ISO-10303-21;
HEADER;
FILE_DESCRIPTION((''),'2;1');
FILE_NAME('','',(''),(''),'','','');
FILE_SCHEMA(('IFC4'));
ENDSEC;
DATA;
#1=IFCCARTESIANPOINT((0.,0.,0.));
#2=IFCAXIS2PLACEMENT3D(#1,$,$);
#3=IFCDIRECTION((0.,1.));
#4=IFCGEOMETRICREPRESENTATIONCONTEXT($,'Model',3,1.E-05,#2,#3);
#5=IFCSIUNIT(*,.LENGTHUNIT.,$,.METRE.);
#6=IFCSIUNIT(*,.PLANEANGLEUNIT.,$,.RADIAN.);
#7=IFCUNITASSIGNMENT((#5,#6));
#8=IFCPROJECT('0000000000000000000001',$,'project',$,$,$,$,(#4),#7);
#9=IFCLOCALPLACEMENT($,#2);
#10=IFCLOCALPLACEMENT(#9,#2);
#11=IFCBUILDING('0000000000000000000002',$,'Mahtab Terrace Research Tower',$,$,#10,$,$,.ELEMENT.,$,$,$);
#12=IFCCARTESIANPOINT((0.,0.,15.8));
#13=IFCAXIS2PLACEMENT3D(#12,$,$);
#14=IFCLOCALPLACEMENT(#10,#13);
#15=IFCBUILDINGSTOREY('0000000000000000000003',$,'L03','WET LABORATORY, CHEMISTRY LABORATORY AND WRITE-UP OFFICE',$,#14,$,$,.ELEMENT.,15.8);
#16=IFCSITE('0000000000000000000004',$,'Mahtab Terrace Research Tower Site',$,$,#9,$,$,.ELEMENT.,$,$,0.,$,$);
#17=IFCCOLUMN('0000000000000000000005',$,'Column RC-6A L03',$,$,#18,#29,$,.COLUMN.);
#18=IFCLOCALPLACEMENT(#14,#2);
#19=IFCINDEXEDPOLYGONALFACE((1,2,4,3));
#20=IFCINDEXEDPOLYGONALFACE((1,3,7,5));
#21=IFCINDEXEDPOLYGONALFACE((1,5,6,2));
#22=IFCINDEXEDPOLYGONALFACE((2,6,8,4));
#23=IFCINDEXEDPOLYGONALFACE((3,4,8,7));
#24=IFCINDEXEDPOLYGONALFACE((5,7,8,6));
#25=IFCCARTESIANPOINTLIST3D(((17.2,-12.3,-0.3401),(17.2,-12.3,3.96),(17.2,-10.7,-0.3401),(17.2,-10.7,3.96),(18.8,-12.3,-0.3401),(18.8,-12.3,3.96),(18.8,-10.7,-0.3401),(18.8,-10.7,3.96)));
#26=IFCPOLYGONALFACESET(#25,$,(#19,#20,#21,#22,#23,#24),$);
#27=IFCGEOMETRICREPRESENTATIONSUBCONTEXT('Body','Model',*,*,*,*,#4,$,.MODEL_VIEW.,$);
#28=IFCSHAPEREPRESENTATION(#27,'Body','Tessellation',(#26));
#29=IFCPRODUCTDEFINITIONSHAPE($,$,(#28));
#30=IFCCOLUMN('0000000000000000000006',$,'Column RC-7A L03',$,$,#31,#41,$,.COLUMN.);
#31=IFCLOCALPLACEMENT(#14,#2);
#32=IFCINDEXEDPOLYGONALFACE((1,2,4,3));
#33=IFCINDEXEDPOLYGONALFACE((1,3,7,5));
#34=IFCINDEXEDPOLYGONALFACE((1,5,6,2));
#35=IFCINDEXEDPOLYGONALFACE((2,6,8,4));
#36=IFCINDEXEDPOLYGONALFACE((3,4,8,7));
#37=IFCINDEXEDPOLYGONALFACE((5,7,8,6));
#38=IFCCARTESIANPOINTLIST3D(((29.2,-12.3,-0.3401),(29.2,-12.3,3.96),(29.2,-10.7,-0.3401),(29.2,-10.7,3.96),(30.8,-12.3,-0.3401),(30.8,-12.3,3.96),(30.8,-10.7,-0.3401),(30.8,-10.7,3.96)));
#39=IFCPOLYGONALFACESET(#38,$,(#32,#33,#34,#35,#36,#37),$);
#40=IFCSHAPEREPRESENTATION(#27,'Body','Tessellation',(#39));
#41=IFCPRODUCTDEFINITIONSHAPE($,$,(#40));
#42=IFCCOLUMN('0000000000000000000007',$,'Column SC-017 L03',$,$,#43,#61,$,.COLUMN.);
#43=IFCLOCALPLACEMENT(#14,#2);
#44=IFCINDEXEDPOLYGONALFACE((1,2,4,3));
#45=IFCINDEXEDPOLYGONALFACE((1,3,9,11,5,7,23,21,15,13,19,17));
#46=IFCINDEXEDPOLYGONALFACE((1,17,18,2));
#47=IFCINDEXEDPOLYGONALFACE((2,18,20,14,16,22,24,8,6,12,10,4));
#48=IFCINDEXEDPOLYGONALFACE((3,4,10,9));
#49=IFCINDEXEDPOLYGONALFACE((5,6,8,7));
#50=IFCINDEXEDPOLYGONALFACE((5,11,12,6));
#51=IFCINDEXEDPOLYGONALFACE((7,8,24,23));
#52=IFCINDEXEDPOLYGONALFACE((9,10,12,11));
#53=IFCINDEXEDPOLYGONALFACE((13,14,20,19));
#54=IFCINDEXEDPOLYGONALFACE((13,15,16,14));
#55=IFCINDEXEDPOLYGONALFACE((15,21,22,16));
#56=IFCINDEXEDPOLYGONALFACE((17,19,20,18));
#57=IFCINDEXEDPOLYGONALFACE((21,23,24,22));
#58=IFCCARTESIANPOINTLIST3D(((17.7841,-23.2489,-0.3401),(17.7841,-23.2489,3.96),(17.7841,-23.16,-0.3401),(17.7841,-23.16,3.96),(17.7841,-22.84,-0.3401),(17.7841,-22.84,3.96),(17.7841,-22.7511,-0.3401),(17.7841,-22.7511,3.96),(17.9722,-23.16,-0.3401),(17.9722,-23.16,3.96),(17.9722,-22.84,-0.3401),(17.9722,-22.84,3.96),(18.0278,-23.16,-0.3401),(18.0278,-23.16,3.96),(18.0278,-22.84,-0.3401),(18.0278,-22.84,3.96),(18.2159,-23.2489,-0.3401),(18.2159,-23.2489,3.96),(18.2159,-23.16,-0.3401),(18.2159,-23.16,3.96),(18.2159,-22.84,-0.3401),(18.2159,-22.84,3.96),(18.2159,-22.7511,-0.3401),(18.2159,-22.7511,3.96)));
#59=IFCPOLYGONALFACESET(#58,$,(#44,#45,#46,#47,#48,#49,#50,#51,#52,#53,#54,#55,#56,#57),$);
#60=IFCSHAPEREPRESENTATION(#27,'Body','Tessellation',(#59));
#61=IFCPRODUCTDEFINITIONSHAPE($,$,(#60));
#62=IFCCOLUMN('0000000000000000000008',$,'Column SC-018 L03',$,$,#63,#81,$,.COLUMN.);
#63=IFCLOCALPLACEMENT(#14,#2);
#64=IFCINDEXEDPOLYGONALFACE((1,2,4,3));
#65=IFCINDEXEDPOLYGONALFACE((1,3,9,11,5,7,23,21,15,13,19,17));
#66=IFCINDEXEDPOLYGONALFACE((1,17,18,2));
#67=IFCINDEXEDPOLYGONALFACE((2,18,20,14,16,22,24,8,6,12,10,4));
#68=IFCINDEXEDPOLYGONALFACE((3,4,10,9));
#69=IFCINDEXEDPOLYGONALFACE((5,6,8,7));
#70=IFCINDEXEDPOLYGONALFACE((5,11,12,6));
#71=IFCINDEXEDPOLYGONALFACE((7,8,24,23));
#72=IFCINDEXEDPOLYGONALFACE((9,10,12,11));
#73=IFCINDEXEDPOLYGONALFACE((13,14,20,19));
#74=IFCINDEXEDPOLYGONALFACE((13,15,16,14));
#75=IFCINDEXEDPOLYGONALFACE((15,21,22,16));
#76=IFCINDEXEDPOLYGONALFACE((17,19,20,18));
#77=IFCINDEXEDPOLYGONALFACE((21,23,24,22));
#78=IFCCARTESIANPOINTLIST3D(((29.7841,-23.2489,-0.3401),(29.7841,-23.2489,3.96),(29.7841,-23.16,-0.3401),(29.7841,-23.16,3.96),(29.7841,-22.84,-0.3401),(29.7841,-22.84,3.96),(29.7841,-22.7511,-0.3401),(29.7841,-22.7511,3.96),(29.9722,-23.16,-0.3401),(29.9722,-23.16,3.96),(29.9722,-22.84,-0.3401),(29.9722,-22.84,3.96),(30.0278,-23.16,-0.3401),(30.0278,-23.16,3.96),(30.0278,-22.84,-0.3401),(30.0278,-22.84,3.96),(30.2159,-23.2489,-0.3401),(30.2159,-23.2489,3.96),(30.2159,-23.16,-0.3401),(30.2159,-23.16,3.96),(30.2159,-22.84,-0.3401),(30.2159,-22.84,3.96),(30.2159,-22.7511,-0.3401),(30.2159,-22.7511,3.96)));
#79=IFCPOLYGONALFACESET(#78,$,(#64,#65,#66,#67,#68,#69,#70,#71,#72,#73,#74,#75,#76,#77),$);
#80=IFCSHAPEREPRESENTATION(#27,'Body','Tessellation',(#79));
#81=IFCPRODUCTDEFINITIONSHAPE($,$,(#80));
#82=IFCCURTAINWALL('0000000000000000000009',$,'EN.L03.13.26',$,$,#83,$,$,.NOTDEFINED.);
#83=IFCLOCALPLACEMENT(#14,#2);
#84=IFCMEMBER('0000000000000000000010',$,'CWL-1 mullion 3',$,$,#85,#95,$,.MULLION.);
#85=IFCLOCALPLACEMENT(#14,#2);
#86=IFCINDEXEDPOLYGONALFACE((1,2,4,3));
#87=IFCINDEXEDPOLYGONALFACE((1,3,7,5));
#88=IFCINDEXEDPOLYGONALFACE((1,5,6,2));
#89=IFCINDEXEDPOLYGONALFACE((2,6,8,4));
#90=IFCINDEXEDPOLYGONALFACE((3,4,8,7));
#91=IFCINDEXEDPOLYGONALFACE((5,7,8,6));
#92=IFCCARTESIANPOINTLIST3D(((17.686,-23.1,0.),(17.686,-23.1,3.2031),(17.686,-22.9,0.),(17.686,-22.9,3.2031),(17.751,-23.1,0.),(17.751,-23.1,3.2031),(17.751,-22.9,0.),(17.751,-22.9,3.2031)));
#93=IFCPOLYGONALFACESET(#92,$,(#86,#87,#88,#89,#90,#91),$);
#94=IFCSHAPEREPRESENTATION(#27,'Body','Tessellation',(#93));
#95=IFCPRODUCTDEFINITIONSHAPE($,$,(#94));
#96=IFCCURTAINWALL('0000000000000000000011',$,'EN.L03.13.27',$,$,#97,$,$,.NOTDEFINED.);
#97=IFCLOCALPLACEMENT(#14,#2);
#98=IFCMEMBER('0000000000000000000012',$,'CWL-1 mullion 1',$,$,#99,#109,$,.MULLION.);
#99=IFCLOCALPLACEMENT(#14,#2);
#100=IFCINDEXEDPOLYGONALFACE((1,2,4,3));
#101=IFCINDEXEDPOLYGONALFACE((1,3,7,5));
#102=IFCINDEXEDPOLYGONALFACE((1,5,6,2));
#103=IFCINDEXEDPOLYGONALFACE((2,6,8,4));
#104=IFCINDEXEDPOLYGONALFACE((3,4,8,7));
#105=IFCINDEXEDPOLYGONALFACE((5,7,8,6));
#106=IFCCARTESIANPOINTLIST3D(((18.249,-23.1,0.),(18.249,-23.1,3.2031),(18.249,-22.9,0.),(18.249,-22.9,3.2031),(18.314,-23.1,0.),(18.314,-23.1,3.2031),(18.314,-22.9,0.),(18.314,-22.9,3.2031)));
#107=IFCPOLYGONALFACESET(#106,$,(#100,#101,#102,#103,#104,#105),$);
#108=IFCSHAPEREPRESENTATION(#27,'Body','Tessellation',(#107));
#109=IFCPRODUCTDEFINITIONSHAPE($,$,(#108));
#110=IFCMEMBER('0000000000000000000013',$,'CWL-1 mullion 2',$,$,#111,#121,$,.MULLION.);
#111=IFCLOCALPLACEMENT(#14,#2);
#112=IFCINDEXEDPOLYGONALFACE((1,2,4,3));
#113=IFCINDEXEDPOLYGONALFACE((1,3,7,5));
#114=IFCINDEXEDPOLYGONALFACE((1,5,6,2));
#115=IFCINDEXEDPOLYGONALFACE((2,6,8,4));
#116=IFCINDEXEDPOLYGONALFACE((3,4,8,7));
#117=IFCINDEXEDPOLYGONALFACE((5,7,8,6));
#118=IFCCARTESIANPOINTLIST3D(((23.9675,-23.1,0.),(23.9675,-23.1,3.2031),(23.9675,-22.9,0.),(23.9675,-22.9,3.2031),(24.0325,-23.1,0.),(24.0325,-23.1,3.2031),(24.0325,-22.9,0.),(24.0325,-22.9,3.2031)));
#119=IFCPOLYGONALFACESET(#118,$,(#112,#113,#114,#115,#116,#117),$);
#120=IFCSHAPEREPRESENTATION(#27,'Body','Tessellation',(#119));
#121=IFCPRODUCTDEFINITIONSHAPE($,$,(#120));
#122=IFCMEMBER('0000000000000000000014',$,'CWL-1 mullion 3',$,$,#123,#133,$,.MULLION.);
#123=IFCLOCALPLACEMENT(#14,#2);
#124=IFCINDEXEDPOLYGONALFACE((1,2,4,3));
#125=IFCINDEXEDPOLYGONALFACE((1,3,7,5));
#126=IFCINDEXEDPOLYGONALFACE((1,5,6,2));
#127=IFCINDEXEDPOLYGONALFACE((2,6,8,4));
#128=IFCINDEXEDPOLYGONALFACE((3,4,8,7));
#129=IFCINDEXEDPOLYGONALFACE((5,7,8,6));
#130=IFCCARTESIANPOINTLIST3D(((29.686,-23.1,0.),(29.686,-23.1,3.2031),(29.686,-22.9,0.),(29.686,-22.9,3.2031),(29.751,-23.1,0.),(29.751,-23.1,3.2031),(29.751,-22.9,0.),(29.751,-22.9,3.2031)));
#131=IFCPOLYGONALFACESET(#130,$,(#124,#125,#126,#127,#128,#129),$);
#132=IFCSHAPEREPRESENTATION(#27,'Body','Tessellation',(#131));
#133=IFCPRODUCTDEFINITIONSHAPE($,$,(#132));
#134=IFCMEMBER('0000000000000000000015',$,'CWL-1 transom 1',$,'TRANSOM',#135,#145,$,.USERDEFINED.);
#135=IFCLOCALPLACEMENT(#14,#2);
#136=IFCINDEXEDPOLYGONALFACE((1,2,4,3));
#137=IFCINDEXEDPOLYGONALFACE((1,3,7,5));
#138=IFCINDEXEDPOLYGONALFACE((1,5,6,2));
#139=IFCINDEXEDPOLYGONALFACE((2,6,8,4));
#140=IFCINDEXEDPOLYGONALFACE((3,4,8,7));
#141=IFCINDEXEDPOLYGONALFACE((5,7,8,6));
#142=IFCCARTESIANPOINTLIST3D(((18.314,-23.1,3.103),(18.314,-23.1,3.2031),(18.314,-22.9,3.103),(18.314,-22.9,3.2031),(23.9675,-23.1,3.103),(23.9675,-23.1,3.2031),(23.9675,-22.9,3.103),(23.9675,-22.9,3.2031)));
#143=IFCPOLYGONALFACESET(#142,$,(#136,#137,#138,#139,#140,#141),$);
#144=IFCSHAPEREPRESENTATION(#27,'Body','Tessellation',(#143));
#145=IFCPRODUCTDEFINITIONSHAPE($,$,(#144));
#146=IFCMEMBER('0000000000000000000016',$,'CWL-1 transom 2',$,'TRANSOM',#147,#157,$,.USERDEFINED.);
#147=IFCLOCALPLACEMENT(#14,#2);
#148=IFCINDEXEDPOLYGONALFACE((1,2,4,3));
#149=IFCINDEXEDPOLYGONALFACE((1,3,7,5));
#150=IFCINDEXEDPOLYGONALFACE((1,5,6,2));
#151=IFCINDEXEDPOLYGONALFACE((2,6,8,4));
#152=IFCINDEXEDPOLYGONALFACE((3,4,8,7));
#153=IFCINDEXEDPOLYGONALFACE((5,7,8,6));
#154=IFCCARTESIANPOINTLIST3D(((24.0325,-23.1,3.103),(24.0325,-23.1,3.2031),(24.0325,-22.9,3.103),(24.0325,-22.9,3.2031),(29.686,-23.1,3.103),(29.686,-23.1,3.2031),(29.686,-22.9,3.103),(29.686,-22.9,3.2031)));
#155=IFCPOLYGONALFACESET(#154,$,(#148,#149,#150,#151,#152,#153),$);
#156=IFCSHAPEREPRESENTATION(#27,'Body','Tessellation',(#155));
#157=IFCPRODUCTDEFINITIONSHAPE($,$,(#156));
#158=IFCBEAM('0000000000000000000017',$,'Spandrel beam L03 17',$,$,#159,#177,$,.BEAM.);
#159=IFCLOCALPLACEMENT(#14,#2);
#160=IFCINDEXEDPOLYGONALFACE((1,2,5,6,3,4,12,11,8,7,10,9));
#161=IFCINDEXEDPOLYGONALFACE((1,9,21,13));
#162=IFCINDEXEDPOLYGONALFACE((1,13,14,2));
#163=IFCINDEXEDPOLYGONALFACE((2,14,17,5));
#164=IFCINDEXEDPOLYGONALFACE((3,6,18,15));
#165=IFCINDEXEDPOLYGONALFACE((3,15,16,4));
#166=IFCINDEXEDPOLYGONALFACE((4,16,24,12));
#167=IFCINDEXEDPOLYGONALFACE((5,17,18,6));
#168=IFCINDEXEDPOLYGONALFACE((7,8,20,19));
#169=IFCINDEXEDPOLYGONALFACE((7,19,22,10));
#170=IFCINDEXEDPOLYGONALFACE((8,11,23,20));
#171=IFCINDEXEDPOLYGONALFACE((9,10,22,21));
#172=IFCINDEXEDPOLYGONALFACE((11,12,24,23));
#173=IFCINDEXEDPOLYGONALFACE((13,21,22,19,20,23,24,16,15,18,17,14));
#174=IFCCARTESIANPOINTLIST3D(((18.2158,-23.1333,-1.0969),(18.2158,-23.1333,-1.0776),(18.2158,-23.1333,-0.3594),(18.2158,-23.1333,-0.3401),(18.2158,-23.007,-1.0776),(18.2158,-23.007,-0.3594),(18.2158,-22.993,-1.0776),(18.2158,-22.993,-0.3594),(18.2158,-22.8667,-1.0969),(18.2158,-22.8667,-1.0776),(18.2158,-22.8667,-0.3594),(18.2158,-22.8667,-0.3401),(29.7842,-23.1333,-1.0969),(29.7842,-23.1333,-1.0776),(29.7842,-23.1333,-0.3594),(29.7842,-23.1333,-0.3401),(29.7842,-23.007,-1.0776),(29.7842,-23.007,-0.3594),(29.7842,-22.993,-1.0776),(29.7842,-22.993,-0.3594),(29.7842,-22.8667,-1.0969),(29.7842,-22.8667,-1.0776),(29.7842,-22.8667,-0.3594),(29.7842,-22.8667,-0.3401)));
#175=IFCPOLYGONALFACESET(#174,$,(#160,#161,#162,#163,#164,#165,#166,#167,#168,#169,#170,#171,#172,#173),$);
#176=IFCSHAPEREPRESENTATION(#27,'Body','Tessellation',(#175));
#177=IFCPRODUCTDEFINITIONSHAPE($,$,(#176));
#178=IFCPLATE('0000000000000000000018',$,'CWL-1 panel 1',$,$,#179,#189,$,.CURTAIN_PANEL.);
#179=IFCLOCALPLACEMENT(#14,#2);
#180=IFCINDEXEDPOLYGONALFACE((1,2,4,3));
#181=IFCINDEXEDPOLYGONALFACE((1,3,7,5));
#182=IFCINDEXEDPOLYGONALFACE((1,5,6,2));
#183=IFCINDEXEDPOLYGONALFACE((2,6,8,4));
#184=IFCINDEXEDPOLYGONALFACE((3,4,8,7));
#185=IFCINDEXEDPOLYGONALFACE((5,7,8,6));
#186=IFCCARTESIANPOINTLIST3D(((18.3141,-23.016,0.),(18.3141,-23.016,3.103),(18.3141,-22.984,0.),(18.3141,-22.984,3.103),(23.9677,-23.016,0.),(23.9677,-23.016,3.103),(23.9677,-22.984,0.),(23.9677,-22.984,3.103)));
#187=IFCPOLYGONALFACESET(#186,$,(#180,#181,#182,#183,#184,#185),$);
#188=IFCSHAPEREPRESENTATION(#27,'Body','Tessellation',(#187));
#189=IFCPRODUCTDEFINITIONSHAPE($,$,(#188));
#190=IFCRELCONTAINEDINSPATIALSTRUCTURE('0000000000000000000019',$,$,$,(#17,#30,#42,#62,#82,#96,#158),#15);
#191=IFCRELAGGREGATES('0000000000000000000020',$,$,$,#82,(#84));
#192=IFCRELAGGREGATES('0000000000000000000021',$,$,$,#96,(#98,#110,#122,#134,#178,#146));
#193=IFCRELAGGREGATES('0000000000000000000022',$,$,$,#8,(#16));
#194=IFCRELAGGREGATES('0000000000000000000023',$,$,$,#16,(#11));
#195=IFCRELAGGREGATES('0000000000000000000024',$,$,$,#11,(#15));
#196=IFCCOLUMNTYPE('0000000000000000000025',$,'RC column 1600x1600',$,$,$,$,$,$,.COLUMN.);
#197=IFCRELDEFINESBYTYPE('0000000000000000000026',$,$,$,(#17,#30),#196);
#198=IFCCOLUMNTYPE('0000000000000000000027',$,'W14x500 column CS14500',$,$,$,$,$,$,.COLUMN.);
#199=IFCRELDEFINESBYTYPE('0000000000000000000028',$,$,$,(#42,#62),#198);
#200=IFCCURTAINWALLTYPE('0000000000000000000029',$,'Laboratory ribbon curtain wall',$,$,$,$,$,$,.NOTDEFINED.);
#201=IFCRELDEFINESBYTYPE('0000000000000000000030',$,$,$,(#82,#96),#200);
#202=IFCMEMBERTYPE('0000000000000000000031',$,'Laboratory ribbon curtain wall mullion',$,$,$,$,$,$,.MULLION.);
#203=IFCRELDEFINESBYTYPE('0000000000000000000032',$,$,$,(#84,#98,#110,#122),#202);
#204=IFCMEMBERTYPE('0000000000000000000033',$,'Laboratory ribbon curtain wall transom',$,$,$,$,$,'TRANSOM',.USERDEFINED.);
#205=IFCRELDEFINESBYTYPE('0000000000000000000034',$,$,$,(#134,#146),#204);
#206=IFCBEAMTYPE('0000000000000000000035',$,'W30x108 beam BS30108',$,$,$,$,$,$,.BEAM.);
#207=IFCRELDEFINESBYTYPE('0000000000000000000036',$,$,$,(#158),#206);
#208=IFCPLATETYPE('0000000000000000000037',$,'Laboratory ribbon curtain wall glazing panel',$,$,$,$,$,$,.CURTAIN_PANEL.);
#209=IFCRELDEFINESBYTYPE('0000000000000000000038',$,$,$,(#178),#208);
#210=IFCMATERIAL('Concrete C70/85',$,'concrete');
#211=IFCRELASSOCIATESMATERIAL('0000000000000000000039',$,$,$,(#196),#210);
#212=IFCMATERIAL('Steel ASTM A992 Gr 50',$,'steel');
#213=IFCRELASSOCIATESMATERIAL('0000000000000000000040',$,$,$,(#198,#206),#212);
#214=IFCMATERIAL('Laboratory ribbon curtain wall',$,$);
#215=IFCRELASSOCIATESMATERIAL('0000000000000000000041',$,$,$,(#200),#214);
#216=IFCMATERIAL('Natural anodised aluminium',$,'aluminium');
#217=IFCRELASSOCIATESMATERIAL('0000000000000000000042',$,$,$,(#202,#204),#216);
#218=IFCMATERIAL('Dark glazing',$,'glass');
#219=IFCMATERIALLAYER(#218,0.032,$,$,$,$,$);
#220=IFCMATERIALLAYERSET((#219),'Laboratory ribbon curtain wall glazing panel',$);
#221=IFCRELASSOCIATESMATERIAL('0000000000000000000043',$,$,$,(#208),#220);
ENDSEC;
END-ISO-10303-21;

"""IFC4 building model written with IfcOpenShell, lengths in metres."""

from ifc_helpers import new_model, si_unit, direction, frame, origin, origin_2d, place, context, subcontext, project, spatial, rectangle, i_section, extrude, material, layer, layer_set, material_profile, profile_set, type_object, element, aggregate, save


model = new_model("IFC4")

# Units and contexts
model_context = context("Model", 3, precision=1e-05, world=origin(), true_north=direction((0.0, 1.0)))
body_context = subcontext(model_context, "Body", "Model", "MODEL_VIEW")
ifc_project = project(units=[si_unit("LENGTHUNIT", "METRE"), si_unit("PLANEANGLEUNIT", "RADIAN")], contexts=[model_context])

# Site, building, storey
site_placement = place(None, origin())
site = spatial("IfcSite", under=ifc_project, at=site_placement, Name="Mahtab Terrace Research Tower Site", CompositionType="ELEMENT", RefElevation=0.0)
building_placement = place(site_placement, origin())
building = spatial("IfcBuilding", under=site, at=building_placement, Name="Mahtab Terrace Research Tower", CompositionType="ELEMENT")
storey_placement = place(building_placement, frame((0.0, 0.0, 15.8)))
storey = spatial("IfcBuildingStorey", under=building, at=storey_placement, Name="L03", Description="WET LABORATORY, CHEMISTRY LABORATORY AND WRITE-UP OFFICE", CompositionType="ELEMENT", Elevation=15.8)

# Columns
ifc_material_1 = material(Name="Concrete C70/85", Category="concrete")
ifc_material_profile_1 = material_profile(ifc_material_1, rectangle(XDim=1.6001, YDim=1.6001, at=origin_2d()), Name="RC column 1600x1600")
ifc_profile_set_1 = profile_set([ifc_material_profile_1], Name="Concrete C70/85")
column_type_1 = type_object("IfcColumnType", Name="RC column 1600x1600", PredefinedType="COLUMN", material=ifc_profile_set_1)
for number, where, z_axis, x_axis, name in (
    (1, (18.0, -11.5, -0.3401), (0.0, 0.0, 1.0), (1.0, 0.0, 0.0), "Column RC-6A L03"),
    (2, (30.0, -11.5, -0.3401), (0.0, 0.0, 1.0), (1.0, 0.0, 0.0), "Column RC-7A L03"),
):
    element("IfcColumn", number, at=place(storey_placement, frame(where, z_axis=z_axis, x_axis=x_axis)), inside=storey, type_object=column_type_1, Name=name, PredefinedType="COLUMN", context=body_context, shape_type="SweptSolid", body=[
        extrude(rectangle(XDim=1.6001, YDim=1.6001, at=origin_2d()), origin(), (0.0, 0.0, 1.0), 4.3),
    ])
ifc_material_2 = material(Name="Steel ASTM A992 Gr 50", Category="steel")
ifc_material_profile_2 = material_profile(ifc_material_2, i_section(OverallWidth=0.4319, OverallDepth=0.4978, WebThickness=0.0557, FlangeThickness=0.0889, at=origin_2d()), Name="W14X500")
ifc_profile_set_2 = profile_set([ifc_material_profile_2], Name="Steel ASTM A992 Gr 50")
column_type_2 = type_object("IfcColumnType", Name="W14x500 column CS14500", PredefinedType="COLUMN", material=ifc_profile_set_2)
for number, where, z_axis, x_axis, name in (
    (3, (18.0, -23.0, -0.3401), (0.0, 0.0, 1.0), (1.0, 0.0, 0.0), "Column SC-017 L03"),
    (4, (30.0, -23.0, -0.3401), (0.0, 0.0, 1.0), (1.0, 0.0, 0.0), "Column SC-018 L03"),
):
    element("IfcColumn", number, at=place(storey_placement, frame(where, z_axis=z_axis, x_axis=x_axis)), inside=storey, type_object=column_type_2, Name=name, PredefinedType="COLUMN", context=body_context, shape_type="SweptSolid", body=[
        extrude(i_section(OverallWidth=0.4319, OverallDepth=0.4978, WebThickness=0.0557, FlangeThickness=0.0889, at=origin_2d()), origin(), (0.0, 0.0, 1.0), 4.3),
    ])

# Curtain wall, member
ifc_material_3 = material(Name="Laboratory ribbon curtain wall")
curtain_wall_type = type_object("IfcCurtainWallType", Name="Laboratory ribbon curtain wall", PredefinedType="NOTDEFINED", material=ifc_material_3)
curtain_wall_1_placement = place(storey_placement, origin())
curtain_wall_1 = element("IfcCurtainWall", 5, at=curtain_wall_1_placement, inside=storey, type_object=curtain_wall_type, Name="EN.L03.13.26", PredefinedType="NOTDEFINED")
ifc_material_4 = material(Name="Natural anodised aluminium", Category="aluminium")
ifc_material_profile_3 = material_profile(ifc_material_4, rectangle(XDim=0.2, YDim=0.0649, at=origin_2d()), Name="MULLION 65x200")
ifc_profile_set_3 = profile_set([ifc_material_profile_3], Name="Natural anodised aluminium")
member_type_1 = type_object("IfcMemberType", Name="Laboratory ribbon curtain wall mullion", PredefinedType="MULLION", material=ifc_profile_set_3)
member_1_placement = place(storey_placement, frame((17.7185, -23.0, 0.0), z_axis=(0.0, 0.0, 1.0), x_axis=(0.0, 1.0, 0.0)))
member_1 = element("IfcMember", 6, at=member_1_placement, type_object=member_type_1, Name="CWL-1 mullion 3", PredefinedType="MULLION", context=body_context, shape_type="SweptSolid", body=[
    extrude(rectangle(XDim=0.2, YDim=0.0649, at=origin_2d()), origin(), (0.0, 0.0, 1.0), 3.2031),
])
aggregate(curtain_wall_1, [member_1])

# Curtain wall, members
curtain_wall_2_placement = place(storey_placement, origin())
curtain_wall_2 = element("IfcCurtainWall", 7, at=curtain_wall_2_placement, inside=storey, type_object=curtain_wall_type, Name="EN.L03.13.27", PredefinedType="NOTDEFINED")
member_2_placement = place(storey_placement, frame((18.2815, -23.0, 0.0), z_axis=(0.0, 0.0, 1.0), x_axis=(0.0, 1.0, 0.0)))
member_2 = element("IfcMember", 8, at=member_2_placement, type_object=member_type_1, Name="CWL-1 mullion 1", PredefinedType="MULLION", context=body_context, shape_type="SweptSolid", body=[
    extrude(rectangle(XDim=0.2, YDim=0.0649, at=origin_2d()), origin(), (0.0, 0.0, 1.0), 3.2031),
])
member_3_placement = place(storey_placement, frame((24.0, -23.0, 0.0), z_axis=(0.0, 0.0, 1.0), x_axis=(0.0, 1.0, 0.0)))
member_3 = element("IfcMember", 9, at=member_3_placement, type_object=member_type_1, Name="CWL-1 mullion 2", PredefinedType="MULLION", context=body_context, shape_type="SweptSolid", body=[
    extrude(rectangle(XDim=0.2, YDim=0.0649, at=origin_2d()), origin(), (0.0, 0.0, 1.0), 3.2031),
])
member_4_placement = place(storey_placement, frame((29.7185, -23.0, 0.0), z_axis=(0.0, 0.0, 1.0), x_axis=(0.0, 1.0, 0.0)))
member_4 = element("IfcMember", 10, at=member_4_placement, type_object=member_type_1, Name="CWL-1 mullion 3", PredefinedType="MULLION", context=body_context, shape_type="SweptSolid", body=[
    extrude(rectangle(XDim=0.2, YDim=0.0649, at=origin_2d()), origin(), (0.0, 0.0, 1.0), 3.2031),
])
ifc_material_profile_4 = material_profile(ifc_material_4, rectangle(XDim=0.2, YDim=0.1001, at=origin_2d()), Name="TRANSOM 100x200")
ifc_profile_set_4 = profile_set([ifc_material_profile_4], Name="Natural anodised aluminium")
member_type_2 = type_object("IfcMemberType", Name="Laboratory ribbon curtain wall transom", ElementType="TRANSOM", PredefinedType="USERDEFINED", material=ifc_profile_set_4)
member_5_placement = place(storey_placement, frame((18.314, -23.0, 3.1531), z_axis=(1.0, 0.0, 0.0), x_axis=(0.0, 1.0, 0.0)))
member_5 = element("IfcMember", 11, at=member_5_placement, type_object=member_type_2, Name="CWL-1 transom 1", ObjectType="TRANSOM", PredefinedType="USERDEFINED", context=body_context, shape_type="SweptSolid", body=[
    extrude(rectangle(XDim=0.2, YDim=0.1001, at=origin_2d()), origin(), (0.0, 0.0, 1.0), 5.6536),
])
member_6_placement = place(storey_placement, frame((24.0325, -23.0, 3.1531), z_axis=(1.0, 0.0, 0.0), x_axis=(0.0, 1.0, 0.0)))
member_6 = element("IfcMember", 12, at=member_6_placement, type_object=member_type_2, Name="CWL-1 transom 2", ObjectType="TRANSOM", PredefinedType="USERDEFINED", context=body_context, shape_type="SweptSolid", body=[
    extrude(rectangle(XDim=0.2, YDim=0.1001, at=origin_2d()), origin(), (0.0, 0.0, 1.0), 5.6536),
])

# Beam
ifc_material_profile_5 = material_profile(ifc_material_2, i_section(OverallWidth=0.2666, OverallDepth=0.7568, WebThickness=0.0139, FlangeThickness=0.0193, at=origin_2d()), Name="W30X108")
ifc_profile_set_5 = profile_set([ifc_material_profile_5], Name="Steel ASTM A992 Gr 50")
beam_type = type_object("IfcBeamType", Name="W30x108 beam BS30108", PredefinedType="BEAM", material=ifc_profile_set_5)
beam_placement = place(storey_placement, frame((18.2158, -23.0, -0.7185), z_axis=(1.0, 0.0, 0.0), x_axis=(0.0, 1.0, 0.0)))
element("IfcBeam", 13, at=beam_placement, inside=storey, type_object=beam_type, Name="Spandrel beam L03 17", PredefinedType="BEAM", context=body_context, shape_type="SweptSolid", body=[
    extrude(i_section(OverallWidth=0.2666, OverallDepth=0.7568, WebThickness=0.0139, FlangeThickness=0.0193, at=origin_2d()), origin(), (0.0, 0.0, 1.0), 11.5684),
])

# Plate
ifc_material_5 = material(Name="Dark glazing", Category="glass")
ifc_layer_1 = layer(ifc_material_5, 0.032)
ifc_layer_set_1 = layer_set([ifc_layer_1], Name="Laboratory ribbon curtain wall glazing panel")
plate_type = type_object("IfcPlateType", Name="Laboratory ribbon curtain wall glazing panel", PredefinedType="CURTAIN_PANEL", material=ifc_layer_set_1)
plate_1_placement = place(storey_placement, frame((21.1409, -23.0, 0.0), z_axis=(0.0, 0.0, 1.0), x_axis=(1.0, 0.0, 0.0)))
plate_1 = element("IfcPlate", 14, at=plate_1_placement, type_object=plate_type, Name="CWL-1 panel 1", PredefinedType="CURTAIN_PANEL", context=body_context, shape_type="SweptSolid", body=[
    extrude(rectangle(XDim=5.6536, YDim=0.032, at=origin_2d()), origin(), (0.0, 0.0, 1.0), 3.103),
])
aggregate(curtain_wall_2, [member_2, member_3, member_4, member_5, plate_1, member_6])

save(model, "model.ifc")
